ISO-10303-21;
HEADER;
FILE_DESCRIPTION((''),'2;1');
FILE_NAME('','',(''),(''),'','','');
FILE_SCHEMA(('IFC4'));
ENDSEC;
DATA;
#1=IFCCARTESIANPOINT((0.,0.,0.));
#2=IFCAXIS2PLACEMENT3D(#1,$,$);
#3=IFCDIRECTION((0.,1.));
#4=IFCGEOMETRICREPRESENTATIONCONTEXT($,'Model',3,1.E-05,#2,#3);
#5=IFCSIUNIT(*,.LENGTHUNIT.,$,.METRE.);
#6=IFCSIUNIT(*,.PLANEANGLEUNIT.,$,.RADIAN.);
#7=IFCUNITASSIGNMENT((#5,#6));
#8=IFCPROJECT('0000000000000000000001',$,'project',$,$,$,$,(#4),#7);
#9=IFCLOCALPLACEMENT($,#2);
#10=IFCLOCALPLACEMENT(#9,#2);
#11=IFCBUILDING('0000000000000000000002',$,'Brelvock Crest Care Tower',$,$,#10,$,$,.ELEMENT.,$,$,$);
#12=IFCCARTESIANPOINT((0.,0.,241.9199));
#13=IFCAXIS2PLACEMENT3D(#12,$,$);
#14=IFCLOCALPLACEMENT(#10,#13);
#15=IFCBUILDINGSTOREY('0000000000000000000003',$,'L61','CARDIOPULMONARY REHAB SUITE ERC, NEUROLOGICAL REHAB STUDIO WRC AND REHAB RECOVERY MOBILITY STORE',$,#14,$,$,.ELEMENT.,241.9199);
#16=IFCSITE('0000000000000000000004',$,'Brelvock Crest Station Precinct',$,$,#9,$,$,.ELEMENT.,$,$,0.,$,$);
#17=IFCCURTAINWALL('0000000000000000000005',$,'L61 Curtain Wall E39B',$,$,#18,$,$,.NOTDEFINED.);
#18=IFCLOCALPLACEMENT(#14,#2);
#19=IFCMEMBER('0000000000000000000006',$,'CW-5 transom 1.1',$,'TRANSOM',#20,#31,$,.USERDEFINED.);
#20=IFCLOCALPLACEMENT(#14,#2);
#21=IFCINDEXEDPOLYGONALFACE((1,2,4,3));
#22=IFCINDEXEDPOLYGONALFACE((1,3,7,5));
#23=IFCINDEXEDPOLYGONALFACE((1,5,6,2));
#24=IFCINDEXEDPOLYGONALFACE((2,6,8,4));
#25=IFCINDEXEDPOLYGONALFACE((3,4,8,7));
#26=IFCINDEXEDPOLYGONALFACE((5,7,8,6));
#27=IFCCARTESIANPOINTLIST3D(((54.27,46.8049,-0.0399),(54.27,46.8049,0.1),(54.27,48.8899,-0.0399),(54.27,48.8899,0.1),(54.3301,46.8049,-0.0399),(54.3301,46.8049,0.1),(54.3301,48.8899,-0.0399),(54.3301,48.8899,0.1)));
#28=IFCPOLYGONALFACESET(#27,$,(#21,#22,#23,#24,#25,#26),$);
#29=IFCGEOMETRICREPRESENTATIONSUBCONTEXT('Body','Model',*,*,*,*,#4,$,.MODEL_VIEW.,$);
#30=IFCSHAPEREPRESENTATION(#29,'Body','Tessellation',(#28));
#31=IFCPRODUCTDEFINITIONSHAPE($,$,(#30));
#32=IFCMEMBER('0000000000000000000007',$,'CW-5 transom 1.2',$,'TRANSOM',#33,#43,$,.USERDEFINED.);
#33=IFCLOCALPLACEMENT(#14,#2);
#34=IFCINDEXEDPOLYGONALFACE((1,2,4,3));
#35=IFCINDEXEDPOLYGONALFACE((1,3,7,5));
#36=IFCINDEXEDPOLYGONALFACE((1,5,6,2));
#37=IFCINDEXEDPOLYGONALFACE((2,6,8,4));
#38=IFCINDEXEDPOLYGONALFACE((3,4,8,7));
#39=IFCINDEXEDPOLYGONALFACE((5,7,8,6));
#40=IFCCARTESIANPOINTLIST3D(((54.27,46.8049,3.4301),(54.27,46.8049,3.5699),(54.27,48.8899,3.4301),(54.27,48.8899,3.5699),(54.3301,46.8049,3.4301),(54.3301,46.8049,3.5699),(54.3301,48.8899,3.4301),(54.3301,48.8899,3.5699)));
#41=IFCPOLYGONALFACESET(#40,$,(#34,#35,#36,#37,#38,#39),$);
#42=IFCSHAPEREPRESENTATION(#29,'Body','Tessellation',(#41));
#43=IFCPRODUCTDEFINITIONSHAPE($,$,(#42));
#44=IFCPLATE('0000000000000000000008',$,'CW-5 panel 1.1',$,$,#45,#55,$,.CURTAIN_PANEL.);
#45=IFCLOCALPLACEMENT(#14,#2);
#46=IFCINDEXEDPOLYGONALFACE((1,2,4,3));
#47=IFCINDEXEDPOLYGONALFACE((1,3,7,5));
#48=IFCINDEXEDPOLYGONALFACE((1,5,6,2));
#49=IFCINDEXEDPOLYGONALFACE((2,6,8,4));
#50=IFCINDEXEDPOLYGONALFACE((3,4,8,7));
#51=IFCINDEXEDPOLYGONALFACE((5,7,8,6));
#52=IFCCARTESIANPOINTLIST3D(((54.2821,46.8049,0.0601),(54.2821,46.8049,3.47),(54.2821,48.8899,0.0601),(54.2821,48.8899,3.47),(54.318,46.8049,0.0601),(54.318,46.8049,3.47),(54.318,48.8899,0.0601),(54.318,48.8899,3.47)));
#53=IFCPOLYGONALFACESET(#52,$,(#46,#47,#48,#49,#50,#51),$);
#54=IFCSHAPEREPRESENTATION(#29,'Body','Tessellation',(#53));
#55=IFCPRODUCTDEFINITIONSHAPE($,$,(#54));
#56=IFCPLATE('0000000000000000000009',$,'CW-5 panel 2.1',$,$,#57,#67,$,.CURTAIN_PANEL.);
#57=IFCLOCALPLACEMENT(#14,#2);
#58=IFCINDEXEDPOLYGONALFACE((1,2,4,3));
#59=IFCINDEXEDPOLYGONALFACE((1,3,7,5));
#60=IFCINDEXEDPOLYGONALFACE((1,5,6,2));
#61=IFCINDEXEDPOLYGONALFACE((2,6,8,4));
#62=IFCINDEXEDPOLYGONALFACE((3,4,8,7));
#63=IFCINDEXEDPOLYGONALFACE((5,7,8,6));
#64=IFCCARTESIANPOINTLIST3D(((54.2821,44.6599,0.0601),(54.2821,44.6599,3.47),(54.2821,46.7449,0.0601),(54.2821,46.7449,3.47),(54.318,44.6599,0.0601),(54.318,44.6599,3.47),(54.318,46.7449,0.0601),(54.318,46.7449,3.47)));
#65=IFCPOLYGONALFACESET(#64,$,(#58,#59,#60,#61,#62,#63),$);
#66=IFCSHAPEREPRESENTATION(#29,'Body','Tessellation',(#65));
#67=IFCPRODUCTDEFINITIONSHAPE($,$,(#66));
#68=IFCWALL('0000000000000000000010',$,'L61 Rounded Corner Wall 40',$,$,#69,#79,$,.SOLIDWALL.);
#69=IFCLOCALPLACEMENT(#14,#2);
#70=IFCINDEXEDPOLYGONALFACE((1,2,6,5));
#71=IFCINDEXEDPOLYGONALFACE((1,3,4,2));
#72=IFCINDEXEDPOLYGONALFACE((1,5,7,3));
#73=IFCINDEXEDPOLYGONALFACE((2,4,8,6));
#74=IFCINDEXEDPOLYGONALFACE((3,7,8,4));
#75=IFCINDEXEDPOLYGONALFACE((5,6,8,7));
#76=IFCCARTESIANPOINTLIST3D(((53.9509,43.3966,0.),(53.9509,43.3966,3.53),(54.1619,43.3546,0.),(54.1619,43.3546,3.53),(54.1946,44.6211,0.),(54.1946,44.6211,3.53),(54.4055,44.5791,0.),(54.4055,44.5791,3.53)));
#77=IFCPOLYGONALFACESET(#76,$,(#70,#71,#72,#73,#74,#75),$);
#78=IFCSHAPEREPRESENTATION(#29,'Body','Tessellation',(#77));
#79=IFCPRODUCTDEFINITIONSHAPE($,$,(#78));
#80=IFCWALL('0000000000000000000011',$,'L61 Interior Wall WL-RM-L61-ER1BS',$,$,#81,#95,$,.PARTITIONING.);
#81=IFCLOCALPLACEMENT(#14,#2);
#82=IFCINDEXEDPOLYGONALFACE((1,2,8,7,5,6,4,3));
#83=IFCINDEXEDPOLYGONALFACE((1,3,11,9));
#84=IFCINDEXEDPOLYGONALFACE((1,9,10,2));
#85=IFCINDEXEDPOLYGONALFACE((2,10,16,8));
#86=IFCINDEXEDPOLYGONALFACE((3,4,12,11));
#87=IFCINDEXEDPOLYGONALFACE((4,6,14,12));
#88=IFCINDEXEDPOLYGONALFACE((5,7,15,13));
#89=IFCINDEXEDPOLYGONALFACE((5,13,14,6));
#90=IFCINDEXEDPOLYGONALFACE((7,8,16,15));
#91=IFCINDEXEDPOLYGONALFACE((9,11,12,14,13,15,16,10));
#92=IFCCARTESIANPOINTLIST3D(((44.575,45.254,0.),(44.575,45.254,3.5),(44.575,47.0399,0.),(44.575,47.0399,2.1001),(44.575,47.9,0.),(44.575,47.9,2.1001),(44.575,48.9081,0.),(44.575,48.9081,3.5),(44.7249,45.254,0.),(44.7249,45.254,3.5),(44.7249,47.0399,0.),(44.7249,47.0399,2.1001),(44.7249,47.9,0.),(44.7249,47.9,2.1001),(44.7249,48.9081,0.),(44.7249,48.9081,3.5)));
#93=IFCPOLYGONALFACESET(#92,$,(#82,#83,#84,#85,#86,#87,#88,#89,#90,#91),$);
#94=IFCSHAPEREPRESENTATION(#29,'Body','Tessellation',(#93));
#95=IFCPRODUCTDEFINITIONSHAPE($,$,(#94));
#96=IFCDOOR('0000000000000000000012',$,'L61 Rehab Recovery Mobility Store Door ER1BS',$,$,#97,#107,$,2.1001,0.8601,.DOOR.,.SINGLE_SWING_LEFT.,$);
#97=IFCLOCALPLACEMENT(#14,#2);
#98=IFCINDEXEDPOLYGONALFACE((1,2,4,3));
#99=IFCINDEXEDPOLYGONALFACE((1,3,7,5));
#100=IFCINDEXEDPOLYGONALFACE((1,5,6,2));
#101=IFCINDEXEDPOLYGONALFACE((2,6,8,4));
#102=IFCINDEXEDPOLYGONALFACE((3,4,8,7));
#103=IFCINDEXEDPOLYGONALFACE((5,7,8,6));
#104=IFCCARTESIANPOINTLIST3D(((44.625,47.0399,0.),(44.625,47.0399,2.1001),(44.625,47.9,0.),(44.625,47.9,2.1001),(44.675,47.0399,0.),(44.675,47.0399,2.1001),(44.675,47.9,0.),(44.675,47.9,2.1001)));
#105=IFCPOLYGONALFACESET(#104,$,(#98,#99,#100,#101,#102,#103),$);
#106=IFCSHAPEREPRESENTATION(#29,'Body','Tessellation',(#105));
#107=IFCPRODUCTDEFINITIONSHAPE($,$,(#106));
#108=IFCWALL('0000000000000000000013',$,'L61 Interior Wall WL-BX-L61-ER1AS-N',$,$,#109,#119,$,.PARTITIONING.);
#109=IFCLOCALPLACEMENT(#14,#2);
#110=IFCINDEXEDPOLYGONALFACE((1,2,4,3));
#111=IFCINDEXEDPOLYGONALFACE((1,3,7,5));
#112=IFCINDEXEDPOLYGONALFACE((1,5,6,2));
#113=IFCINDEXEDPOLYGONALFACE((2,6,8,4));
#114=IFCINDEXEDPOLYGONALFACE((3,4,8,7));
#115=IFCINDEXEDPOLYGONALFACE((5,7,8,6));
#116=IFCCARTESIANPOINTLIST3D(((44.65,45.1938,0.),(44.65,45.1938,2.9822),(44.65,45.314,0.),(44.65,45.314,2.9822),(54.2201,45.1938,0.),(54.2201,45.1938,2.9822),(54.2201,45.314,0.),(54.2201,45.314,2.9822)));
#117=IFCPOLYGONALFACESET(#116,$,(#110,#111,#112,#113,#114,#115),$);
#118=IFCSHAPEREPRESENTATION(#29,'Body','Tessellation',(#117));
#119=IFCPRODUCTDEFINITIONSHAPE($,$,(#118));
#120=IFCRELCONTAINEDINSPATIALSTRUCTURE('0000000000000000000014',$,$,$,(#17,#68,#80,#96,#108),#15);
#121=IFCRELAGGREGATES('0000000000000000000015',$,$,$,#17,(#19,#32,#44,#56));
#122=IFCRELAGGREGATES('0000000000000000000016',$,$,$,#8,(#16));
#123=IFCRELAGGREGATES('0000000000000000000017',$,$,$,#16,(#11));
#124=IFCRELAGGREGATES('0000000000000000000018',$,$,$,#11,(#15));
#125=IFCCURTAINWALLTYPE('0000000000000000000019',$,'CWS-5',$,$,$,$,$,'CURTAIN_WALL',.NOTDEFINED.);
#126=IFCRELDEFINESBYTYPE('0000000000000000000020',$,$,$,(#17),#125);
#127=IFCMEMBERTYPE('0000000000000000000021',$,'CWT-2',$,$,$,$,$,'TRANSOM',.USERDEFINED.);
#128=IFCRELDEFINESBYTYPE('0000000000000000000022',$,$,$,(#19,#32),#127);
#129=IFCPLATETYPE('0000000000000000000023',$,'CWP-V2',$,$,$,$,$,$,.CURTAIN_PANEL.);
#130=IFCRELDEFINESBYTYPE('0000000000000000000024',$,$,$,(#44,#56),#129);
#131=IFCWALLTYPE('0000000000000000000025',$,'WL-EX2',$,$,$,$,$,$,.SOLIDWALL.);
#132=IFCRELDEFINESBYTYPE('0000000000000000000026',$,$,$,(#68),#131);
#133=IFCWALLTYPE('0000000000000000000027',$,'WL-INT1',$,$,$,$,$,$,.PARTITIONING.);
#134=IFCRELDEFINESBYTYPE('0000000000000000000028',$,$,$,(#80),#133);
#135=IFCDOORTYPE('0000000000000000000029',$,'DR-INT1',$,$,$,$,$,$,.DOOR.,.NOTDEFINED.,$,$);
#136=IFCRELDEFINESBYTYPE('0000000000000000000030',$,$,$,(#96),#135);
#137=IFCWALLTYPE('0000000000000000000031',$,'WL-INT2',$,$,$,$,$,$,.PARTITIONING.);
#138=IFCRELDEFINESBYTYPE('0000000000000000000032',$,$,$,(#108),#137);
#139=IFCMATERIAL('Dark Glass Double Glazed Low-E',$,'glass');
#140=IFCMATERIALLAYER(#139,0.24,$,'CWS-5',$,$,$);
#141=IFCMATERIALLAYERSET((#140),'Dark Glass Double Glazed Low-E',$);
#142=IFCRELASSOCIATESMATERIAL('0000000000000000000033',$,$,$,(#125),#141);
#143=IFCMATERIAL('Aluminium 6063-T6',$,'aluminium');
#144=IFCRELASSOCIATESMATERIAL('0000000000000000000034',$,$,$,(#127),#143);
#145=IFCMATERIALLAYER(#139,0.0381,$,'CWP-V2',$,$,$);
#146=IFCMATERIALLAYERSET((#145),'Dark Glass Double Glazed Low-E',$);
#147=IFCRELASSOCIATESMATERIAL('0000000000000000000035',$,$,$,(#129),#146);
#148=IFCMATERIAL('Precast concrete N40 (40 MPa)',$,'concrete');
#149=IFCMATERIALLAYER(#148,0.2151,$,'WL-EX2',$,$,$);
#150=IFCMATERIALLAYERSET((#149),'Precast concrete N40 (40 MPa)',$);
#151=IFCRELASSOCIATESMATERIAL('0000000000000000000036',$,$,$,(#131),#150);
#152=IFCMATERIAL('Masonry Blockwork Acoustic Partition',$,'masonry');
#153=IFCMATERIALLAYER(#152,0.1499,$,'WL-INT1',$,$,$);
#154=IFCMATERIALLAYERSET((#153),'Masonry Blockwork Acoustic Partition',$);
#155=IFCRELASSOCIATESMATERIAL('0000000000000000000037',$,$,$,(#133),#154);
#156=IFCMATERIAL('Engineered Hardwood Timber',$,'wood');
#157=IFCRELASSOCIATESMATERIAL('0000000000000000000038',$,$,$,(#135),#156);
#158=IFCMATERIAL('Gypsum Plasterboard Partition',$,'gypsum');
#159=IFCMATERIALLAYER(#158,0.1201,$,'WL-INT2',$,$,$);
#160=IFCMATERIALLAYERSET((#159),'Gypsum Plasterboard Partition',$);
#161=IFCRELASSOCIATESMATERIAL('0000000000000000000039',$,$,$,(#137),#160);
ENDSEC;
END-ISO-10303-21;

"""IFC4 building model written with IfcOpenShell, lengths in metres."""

from ifc_helpers import new_model, si_unit, direction, frame, frame_2d, origin, origin_2d, place, context, subcontext, project, spatial, rectangle, extrude, source, transform, mapped, material, layer, layer_set, material_profile, profile_set, type_object, element, fill, aggregate, save


model = new_model("IFC4")

# Units and contexts
model_context = context("Model", 3, precision=1e-05, world=origin(), true_north=direction((0.0, 1.0)))
body_context = subcontext(model_context, "Body", "Model", "MODEL_VIEW")
ifc_project = project(units=[si_unit("LENGTHUNIT", "METRE"), si_unit("PLANEANGLEUNIT", "RADIAN")], contexts=[model_context])

# Site, building, storey
site_placement = place(None, origin())
site = spatial("IfcSite", under=ifc_project, at=site_placement, Name="Brelvock Crest Station Precinct", CompositionType="ELEMENT", RefElevation=0.0)
building_placement = place(site_placement, origin())
building = spatial("IfcBuilding", under=site, at=building_placement, Name="Brelvock Crest Care Tower", CompositionType="ELEMENT")
storey_placement = place(building_placement, frame((0.0, 0.0, 241.9199)))
storey = spatial("IfcBuildingStorey", under=building, at=storey_placement, Name="L61", Description="CARDIOPULMONARY REHAB SUITE ERC, NEUROLOGICAL REHAB STUDIO WRC AND REHAB RECOVERY MOBILITY STORE", CompositionType="ELEMENT", Elevation=241.9199)

# Shared definitions
ifc_material_1 = material(Name="Dark Glass Double Glazed Low-E", Category="glass")
ifc_layer_1 = layer(ifc_material_1, 0.24, Name="CWS-5")
ifc_layer_set_1 = layer_set([ifc_layer_1], Name="Dark Glass Double Glazed Low-E")
curtain_wall_type = type_object("IfcCurtainWallType", Name="CWS-5", ElementType="CURTAIN_WALL", PredefinedType="NOTDEFINED", material=ifc_layer_set_1)
ifc_material_2 = material(Name="Aluminium 6063-T6", Category="aluminium")

# Curtain wall, members, plates
curtain_wall_1_placement = place(storey_placement, origin())
curtain_wall_1 = element("IfcCurtainWall", 1, at=curtain_wall_1_placement, inside=storey, type_object=curtain_wall_type, Name="L61 Curtain Wall E39B", PredefinedType="NOTDEFINED")
ifc_material_profile_1 = material_profile(ifc_material_2, rectangle(XDim=0.0601, YDim=0.1399, at=origin_2d()), Name="ALU60x140")
ifc_profile_set_1 = profile_set([ifc_material_profile_1], Name="Aluminium 6063-T6")
member_type_1 = type_object("IfcMemberType", Name="CWT-2", ElementType="TRANSOM", PredefinedType="USERDEFINED", material=ifc_profile_set_1)
shared_shape_1 = source(origin(), body_context, "Body", "SweptSolid", [
    extrude(rectangle(XDim=0.0601, YDim=0.1399, at=origin_2d()), origin(), (0.0, 0.0, 1.0), 2.085),
])
member_1_placement = place(storey_placement, frame((54.3, 48.8899, 0.03), z_axis=(0.0, -1.0, 0.0), x_axis=(1.0, 0.0, 0.0)))
member_1 = element("IfcMember", 2, at=member_1_placement, type_object=member_type_1, Name="CW-5 transom 1.1", ObjectType="TRANSOM", PredefinedType="USERDEFINED", context=body_context, shape_type="MappedRepresentation", body=[
    mapped(shared_shape_1, transform((0.0, 0.0, 0.0), x_axis=(1.0, 0.0, 0.0), y_axis=(0.0, 1.0, 0.0), z_axis=(0.0, 0.0, 1.0), scale=1.0)),
])
member_2_placement = place(storey_placement, frame((54.3, 48.8899, 3.5), z_axis=(0.0, -1.0, 0.0), x_axis=(1.0, 0.0, 0.0)))
member_2 = element("IfcMember", 3, at=member_2_placement, type_object=member_type_1, Name="CW-5 transom 1.2", ObjectType="TRANSOM", PredefinedType="USERDEFINED", context=body_context, shape_type="MappedRepresentation", body=[
    mapped(shared_shape_1, transform((0.0, 0.0, 0.0), x_axis=(1.0, 0.0, 0.0), y_axis=(0.0, 1.0, 0.0), z_axis=(0.0, 0.0, 1.0), scale=1.0)),
])
ifc_layer_2 = layer(ifc_material_1, 0.0381, Name="CWP-V2")
ifc_layer_set_2 = layer_set([ifc_layer_2], Name="Dark Glass Double Glazed Low-E")
plate_type = type_object("IfcPlateType", Name="CWP-V2", PredefinedType="CURTAIN_PANEL", material=ifc_layer_set_2)
shared_shape_2 = source(origin(), body_context, "Body", "SweptSolid", [
    extrude(rectangle(XDim=2.085, YDim=0.0359, at=origin_2d()), origin(), (0.0, 0.0, 1.0), 3.4099),
])
plate_1_placement = place(storey_placement, frame((54.3, 47.8474, 0.0601), z_axis=(0.0, 0.0, 1.0), x_axis=(0.0, -1.0, 0.0)))
plate_1 = element("IfcPlate", 4, at=plate_1_placement, type_object=plate_type, Name="CW-5 panel 1.1", PredefinedType="CURTAIN_PANEL", context=body_context, shape_type="MappedRepresentation", body=[
    mapped(shared_shape_2, transform((0.0, 0.0, 0.0), x_axis=(1.0, 0.0, 0.0), y_axis=(0.0, 1.0, 0.0), z_axis=(0.0, 0.0, 1.0), scale=1.0)),
])
plate_2_placement = place(storey_placement, frame((54.3, 45.7024, 0.0601), z_axis=(0.0, 0.0, 1.0), x_axis=(0.0, -1.0, 0.0)))
plate_2 = element("IfcPlate", 5, at=plate_2_placement, type_object=plate_type, Name="CW-5 panel 2.1", PredefinedType="CURTAIN_PANEL", context=body_context, shape_type="MappedRepresentation", body=[
    mapped(shared_shape_2, transform((0.0, 0.0, 0.0), x_axis=(1.0, 0.0, 0.0), y_axis=(0.0, 1.0, 0.0), z_axis=(0.0, 0.0, 1.0), scale=1.0)),
])
aggregate(curtain_wall_1, [member_1, member_2, plate_1, plate_2])

# Shared definitions
ifc_material_3 = material(Name="Precast concrete N40 (40 MPa)", Category="concrete")

# Wall
ifc_layer_3 = layer(ifc_material_3, 0.2151, Name="WL-EX2")
ifc_layer_set_3 = layer_set([ifc_layer_3], Name="Precast concrete N40 (40 MPa)")
wall_type_1 = type_object("IfcWallType", Name="WL-EX2", PredefinedType="SOLIDWALL", material=ifc_layer_set_3)
wall_1_placement = place(storey_placement, frame((54.3, 44.6001, 0.0), z_axis=(0.0, 0.0, 1.0), x_axis=(-0.195138, -0.980776, 0.0)))
element("IfcWall", 6, at=wall_1_placement, inside=storey, type_object=wall_type_1, Name="L61 Rounded Corner Wall 40", PredefinedType="SOLIDWALL", context=body_context, shape_type="SweptSolid", body=[
    extrude(rectangle(XDim=1.2485, YDim=0.2151, at=frame_2d((0.6243, 0.0))), origin(), (0.0, 0.0, 1.0), 3.53),
])

# Wall, opening, door
ifc_material_4 = material(Name="Masonry Blockwork Acoustic Partition", Category="masonry")
ifc_layer_4 = layer(ifc_material_4, 0.1499, Name="WL-INT1")
ifc_layer_set_4 = layer_set([ifc_layer_4], Name="Masonry Blockwork Acoustic Partition")
wall_type_2 = type_object("IfcWallType", Name="WL-INT1", PredefinedType="PARTITIONING", material=ifc_layer_set_4)
wall_2_placement = place(storey_placement, frame((44.6499, 45.2539, 0.0), z_axis=(0.0, 0.0, 1.0), x_axis=(0.0, 1.0, 0.0)))
wall_2 = element("IfcWall", 7, at=wall_2_placement, inside=storey, type_object=wall_type_2, Name="L61 Interior Wall WL-RM-L61-ER1BS", PredefinedType="PARTITIONING", context=body_context, shape_type="SweptSolid", body=[
    extrude(rectangle(XDim=3.6541, YDim=0.1499, at=frame_2d((1.8271, 0.0))), origin(), (0.0, 0.0, 1.0), 3.5),
])
opening_1_placement = place(wall_2_placement, frame((1.7859, 0.0, 0.0)))
opening_1 = element("IfcOpeningElement", 8, at=opening_1_placement, cuts=wall_2, PredefinedType="OPENING", context=body_context, shape_type="SweptSolid", body=[
    extrude(rectangle(XDim=0.8601, YDim=2.1001, at=origin_2d()), frame((0.4302, 0.085, 1.05), z_axis=(0.0, -1.0, 0.0), x_axis=(1.0, 0.0, 0.0)), (0.0, 0.0, 1.0), 0.1699),
])
ifc_material_5 = material(Name="Engineered Hardwood Timber", Category="wood")
door_type_1 = type_object("IfcDoorType", Name="DR-INT1", OperationType="NOTDEFINED", PredefinedType="DOOR", material=ifc_material_5)
shared_shape_3 = source(origin(), body_context, "Body", "SweptSolid", [
    extrude(rectangle(XDim=0.8601, YDim=2.1001, at=origin_2d()), frame((0.4302, 0.0249, 1.05), z_axis=(0.0, -1.0, 0.0), x_axis=(1.0, 0.0, 0.0)), (0.0, 0.0, 1.0), 0.05),
])
door_1_placement = place(opening_1_placement, origin())
door_1 = element("IfcDoor", 9, at=door_1_placement, inside=storey, type_object=door_type_1, Name="L61 Rehab Recovery Mobility Store Door ER1BS", OperationType="SINGLE_SWING_LEFT", OverallHeight=2.1001, OverallWidth=0.8601, PredefinedType="DOOR", context=body_context, shape_type="MappedRepresentation", body=[
    mapped(shared_shape_3, transform((0.0, 0.0, 0.0), x_axis=(1.0, 0.0, 0.0), y_axis=(0.0, 1.0, 0.0), z_axis=(0.0, 0.0, 1.0), scale=1.0)),
])
fill(opening_1, door_1)

# Wall
ifc_material_6 = material(Name="Gypsum Plasterboard Partition", Category="gypsum")
ifc_layer_5 = layer(ifc_material_6, 0.1201, Name="WL-INT2")
ifc_layer_set_5 = layer_set([ifc_layer_5], Name="Gypsum Plasterboard Partition")
wall_type_3 = type_object("IfcWallType", Name="WL-INT2", PredefinedType="PARTITIONING", material=ifc_layer_set_5)
wall_3_placement = place(storey_placement, frame((44.6499, 45.2539, 0.0), z_axis=(0.0, 0.0, 1.0), x_axis=(1.0, 0.0, 0.0)))
element("IfcWall", 10, at=wall_3_placement, inside=storey, type_object=wall_type_3, Name="L61 Interior Wall WL-BX-L61-ER1AS-N", PredefinedType="PARTITIONING", context=body_context, shape_type="SweptSolid", body=[
    extrude(rectangle(XDim=9.5701, YDim=0.1201, at=frame_2d((4.7852, 0.0))), origin(), (0.0, 0.0, 1.0), 2.9822),
])

save(model, "model.ifc")
